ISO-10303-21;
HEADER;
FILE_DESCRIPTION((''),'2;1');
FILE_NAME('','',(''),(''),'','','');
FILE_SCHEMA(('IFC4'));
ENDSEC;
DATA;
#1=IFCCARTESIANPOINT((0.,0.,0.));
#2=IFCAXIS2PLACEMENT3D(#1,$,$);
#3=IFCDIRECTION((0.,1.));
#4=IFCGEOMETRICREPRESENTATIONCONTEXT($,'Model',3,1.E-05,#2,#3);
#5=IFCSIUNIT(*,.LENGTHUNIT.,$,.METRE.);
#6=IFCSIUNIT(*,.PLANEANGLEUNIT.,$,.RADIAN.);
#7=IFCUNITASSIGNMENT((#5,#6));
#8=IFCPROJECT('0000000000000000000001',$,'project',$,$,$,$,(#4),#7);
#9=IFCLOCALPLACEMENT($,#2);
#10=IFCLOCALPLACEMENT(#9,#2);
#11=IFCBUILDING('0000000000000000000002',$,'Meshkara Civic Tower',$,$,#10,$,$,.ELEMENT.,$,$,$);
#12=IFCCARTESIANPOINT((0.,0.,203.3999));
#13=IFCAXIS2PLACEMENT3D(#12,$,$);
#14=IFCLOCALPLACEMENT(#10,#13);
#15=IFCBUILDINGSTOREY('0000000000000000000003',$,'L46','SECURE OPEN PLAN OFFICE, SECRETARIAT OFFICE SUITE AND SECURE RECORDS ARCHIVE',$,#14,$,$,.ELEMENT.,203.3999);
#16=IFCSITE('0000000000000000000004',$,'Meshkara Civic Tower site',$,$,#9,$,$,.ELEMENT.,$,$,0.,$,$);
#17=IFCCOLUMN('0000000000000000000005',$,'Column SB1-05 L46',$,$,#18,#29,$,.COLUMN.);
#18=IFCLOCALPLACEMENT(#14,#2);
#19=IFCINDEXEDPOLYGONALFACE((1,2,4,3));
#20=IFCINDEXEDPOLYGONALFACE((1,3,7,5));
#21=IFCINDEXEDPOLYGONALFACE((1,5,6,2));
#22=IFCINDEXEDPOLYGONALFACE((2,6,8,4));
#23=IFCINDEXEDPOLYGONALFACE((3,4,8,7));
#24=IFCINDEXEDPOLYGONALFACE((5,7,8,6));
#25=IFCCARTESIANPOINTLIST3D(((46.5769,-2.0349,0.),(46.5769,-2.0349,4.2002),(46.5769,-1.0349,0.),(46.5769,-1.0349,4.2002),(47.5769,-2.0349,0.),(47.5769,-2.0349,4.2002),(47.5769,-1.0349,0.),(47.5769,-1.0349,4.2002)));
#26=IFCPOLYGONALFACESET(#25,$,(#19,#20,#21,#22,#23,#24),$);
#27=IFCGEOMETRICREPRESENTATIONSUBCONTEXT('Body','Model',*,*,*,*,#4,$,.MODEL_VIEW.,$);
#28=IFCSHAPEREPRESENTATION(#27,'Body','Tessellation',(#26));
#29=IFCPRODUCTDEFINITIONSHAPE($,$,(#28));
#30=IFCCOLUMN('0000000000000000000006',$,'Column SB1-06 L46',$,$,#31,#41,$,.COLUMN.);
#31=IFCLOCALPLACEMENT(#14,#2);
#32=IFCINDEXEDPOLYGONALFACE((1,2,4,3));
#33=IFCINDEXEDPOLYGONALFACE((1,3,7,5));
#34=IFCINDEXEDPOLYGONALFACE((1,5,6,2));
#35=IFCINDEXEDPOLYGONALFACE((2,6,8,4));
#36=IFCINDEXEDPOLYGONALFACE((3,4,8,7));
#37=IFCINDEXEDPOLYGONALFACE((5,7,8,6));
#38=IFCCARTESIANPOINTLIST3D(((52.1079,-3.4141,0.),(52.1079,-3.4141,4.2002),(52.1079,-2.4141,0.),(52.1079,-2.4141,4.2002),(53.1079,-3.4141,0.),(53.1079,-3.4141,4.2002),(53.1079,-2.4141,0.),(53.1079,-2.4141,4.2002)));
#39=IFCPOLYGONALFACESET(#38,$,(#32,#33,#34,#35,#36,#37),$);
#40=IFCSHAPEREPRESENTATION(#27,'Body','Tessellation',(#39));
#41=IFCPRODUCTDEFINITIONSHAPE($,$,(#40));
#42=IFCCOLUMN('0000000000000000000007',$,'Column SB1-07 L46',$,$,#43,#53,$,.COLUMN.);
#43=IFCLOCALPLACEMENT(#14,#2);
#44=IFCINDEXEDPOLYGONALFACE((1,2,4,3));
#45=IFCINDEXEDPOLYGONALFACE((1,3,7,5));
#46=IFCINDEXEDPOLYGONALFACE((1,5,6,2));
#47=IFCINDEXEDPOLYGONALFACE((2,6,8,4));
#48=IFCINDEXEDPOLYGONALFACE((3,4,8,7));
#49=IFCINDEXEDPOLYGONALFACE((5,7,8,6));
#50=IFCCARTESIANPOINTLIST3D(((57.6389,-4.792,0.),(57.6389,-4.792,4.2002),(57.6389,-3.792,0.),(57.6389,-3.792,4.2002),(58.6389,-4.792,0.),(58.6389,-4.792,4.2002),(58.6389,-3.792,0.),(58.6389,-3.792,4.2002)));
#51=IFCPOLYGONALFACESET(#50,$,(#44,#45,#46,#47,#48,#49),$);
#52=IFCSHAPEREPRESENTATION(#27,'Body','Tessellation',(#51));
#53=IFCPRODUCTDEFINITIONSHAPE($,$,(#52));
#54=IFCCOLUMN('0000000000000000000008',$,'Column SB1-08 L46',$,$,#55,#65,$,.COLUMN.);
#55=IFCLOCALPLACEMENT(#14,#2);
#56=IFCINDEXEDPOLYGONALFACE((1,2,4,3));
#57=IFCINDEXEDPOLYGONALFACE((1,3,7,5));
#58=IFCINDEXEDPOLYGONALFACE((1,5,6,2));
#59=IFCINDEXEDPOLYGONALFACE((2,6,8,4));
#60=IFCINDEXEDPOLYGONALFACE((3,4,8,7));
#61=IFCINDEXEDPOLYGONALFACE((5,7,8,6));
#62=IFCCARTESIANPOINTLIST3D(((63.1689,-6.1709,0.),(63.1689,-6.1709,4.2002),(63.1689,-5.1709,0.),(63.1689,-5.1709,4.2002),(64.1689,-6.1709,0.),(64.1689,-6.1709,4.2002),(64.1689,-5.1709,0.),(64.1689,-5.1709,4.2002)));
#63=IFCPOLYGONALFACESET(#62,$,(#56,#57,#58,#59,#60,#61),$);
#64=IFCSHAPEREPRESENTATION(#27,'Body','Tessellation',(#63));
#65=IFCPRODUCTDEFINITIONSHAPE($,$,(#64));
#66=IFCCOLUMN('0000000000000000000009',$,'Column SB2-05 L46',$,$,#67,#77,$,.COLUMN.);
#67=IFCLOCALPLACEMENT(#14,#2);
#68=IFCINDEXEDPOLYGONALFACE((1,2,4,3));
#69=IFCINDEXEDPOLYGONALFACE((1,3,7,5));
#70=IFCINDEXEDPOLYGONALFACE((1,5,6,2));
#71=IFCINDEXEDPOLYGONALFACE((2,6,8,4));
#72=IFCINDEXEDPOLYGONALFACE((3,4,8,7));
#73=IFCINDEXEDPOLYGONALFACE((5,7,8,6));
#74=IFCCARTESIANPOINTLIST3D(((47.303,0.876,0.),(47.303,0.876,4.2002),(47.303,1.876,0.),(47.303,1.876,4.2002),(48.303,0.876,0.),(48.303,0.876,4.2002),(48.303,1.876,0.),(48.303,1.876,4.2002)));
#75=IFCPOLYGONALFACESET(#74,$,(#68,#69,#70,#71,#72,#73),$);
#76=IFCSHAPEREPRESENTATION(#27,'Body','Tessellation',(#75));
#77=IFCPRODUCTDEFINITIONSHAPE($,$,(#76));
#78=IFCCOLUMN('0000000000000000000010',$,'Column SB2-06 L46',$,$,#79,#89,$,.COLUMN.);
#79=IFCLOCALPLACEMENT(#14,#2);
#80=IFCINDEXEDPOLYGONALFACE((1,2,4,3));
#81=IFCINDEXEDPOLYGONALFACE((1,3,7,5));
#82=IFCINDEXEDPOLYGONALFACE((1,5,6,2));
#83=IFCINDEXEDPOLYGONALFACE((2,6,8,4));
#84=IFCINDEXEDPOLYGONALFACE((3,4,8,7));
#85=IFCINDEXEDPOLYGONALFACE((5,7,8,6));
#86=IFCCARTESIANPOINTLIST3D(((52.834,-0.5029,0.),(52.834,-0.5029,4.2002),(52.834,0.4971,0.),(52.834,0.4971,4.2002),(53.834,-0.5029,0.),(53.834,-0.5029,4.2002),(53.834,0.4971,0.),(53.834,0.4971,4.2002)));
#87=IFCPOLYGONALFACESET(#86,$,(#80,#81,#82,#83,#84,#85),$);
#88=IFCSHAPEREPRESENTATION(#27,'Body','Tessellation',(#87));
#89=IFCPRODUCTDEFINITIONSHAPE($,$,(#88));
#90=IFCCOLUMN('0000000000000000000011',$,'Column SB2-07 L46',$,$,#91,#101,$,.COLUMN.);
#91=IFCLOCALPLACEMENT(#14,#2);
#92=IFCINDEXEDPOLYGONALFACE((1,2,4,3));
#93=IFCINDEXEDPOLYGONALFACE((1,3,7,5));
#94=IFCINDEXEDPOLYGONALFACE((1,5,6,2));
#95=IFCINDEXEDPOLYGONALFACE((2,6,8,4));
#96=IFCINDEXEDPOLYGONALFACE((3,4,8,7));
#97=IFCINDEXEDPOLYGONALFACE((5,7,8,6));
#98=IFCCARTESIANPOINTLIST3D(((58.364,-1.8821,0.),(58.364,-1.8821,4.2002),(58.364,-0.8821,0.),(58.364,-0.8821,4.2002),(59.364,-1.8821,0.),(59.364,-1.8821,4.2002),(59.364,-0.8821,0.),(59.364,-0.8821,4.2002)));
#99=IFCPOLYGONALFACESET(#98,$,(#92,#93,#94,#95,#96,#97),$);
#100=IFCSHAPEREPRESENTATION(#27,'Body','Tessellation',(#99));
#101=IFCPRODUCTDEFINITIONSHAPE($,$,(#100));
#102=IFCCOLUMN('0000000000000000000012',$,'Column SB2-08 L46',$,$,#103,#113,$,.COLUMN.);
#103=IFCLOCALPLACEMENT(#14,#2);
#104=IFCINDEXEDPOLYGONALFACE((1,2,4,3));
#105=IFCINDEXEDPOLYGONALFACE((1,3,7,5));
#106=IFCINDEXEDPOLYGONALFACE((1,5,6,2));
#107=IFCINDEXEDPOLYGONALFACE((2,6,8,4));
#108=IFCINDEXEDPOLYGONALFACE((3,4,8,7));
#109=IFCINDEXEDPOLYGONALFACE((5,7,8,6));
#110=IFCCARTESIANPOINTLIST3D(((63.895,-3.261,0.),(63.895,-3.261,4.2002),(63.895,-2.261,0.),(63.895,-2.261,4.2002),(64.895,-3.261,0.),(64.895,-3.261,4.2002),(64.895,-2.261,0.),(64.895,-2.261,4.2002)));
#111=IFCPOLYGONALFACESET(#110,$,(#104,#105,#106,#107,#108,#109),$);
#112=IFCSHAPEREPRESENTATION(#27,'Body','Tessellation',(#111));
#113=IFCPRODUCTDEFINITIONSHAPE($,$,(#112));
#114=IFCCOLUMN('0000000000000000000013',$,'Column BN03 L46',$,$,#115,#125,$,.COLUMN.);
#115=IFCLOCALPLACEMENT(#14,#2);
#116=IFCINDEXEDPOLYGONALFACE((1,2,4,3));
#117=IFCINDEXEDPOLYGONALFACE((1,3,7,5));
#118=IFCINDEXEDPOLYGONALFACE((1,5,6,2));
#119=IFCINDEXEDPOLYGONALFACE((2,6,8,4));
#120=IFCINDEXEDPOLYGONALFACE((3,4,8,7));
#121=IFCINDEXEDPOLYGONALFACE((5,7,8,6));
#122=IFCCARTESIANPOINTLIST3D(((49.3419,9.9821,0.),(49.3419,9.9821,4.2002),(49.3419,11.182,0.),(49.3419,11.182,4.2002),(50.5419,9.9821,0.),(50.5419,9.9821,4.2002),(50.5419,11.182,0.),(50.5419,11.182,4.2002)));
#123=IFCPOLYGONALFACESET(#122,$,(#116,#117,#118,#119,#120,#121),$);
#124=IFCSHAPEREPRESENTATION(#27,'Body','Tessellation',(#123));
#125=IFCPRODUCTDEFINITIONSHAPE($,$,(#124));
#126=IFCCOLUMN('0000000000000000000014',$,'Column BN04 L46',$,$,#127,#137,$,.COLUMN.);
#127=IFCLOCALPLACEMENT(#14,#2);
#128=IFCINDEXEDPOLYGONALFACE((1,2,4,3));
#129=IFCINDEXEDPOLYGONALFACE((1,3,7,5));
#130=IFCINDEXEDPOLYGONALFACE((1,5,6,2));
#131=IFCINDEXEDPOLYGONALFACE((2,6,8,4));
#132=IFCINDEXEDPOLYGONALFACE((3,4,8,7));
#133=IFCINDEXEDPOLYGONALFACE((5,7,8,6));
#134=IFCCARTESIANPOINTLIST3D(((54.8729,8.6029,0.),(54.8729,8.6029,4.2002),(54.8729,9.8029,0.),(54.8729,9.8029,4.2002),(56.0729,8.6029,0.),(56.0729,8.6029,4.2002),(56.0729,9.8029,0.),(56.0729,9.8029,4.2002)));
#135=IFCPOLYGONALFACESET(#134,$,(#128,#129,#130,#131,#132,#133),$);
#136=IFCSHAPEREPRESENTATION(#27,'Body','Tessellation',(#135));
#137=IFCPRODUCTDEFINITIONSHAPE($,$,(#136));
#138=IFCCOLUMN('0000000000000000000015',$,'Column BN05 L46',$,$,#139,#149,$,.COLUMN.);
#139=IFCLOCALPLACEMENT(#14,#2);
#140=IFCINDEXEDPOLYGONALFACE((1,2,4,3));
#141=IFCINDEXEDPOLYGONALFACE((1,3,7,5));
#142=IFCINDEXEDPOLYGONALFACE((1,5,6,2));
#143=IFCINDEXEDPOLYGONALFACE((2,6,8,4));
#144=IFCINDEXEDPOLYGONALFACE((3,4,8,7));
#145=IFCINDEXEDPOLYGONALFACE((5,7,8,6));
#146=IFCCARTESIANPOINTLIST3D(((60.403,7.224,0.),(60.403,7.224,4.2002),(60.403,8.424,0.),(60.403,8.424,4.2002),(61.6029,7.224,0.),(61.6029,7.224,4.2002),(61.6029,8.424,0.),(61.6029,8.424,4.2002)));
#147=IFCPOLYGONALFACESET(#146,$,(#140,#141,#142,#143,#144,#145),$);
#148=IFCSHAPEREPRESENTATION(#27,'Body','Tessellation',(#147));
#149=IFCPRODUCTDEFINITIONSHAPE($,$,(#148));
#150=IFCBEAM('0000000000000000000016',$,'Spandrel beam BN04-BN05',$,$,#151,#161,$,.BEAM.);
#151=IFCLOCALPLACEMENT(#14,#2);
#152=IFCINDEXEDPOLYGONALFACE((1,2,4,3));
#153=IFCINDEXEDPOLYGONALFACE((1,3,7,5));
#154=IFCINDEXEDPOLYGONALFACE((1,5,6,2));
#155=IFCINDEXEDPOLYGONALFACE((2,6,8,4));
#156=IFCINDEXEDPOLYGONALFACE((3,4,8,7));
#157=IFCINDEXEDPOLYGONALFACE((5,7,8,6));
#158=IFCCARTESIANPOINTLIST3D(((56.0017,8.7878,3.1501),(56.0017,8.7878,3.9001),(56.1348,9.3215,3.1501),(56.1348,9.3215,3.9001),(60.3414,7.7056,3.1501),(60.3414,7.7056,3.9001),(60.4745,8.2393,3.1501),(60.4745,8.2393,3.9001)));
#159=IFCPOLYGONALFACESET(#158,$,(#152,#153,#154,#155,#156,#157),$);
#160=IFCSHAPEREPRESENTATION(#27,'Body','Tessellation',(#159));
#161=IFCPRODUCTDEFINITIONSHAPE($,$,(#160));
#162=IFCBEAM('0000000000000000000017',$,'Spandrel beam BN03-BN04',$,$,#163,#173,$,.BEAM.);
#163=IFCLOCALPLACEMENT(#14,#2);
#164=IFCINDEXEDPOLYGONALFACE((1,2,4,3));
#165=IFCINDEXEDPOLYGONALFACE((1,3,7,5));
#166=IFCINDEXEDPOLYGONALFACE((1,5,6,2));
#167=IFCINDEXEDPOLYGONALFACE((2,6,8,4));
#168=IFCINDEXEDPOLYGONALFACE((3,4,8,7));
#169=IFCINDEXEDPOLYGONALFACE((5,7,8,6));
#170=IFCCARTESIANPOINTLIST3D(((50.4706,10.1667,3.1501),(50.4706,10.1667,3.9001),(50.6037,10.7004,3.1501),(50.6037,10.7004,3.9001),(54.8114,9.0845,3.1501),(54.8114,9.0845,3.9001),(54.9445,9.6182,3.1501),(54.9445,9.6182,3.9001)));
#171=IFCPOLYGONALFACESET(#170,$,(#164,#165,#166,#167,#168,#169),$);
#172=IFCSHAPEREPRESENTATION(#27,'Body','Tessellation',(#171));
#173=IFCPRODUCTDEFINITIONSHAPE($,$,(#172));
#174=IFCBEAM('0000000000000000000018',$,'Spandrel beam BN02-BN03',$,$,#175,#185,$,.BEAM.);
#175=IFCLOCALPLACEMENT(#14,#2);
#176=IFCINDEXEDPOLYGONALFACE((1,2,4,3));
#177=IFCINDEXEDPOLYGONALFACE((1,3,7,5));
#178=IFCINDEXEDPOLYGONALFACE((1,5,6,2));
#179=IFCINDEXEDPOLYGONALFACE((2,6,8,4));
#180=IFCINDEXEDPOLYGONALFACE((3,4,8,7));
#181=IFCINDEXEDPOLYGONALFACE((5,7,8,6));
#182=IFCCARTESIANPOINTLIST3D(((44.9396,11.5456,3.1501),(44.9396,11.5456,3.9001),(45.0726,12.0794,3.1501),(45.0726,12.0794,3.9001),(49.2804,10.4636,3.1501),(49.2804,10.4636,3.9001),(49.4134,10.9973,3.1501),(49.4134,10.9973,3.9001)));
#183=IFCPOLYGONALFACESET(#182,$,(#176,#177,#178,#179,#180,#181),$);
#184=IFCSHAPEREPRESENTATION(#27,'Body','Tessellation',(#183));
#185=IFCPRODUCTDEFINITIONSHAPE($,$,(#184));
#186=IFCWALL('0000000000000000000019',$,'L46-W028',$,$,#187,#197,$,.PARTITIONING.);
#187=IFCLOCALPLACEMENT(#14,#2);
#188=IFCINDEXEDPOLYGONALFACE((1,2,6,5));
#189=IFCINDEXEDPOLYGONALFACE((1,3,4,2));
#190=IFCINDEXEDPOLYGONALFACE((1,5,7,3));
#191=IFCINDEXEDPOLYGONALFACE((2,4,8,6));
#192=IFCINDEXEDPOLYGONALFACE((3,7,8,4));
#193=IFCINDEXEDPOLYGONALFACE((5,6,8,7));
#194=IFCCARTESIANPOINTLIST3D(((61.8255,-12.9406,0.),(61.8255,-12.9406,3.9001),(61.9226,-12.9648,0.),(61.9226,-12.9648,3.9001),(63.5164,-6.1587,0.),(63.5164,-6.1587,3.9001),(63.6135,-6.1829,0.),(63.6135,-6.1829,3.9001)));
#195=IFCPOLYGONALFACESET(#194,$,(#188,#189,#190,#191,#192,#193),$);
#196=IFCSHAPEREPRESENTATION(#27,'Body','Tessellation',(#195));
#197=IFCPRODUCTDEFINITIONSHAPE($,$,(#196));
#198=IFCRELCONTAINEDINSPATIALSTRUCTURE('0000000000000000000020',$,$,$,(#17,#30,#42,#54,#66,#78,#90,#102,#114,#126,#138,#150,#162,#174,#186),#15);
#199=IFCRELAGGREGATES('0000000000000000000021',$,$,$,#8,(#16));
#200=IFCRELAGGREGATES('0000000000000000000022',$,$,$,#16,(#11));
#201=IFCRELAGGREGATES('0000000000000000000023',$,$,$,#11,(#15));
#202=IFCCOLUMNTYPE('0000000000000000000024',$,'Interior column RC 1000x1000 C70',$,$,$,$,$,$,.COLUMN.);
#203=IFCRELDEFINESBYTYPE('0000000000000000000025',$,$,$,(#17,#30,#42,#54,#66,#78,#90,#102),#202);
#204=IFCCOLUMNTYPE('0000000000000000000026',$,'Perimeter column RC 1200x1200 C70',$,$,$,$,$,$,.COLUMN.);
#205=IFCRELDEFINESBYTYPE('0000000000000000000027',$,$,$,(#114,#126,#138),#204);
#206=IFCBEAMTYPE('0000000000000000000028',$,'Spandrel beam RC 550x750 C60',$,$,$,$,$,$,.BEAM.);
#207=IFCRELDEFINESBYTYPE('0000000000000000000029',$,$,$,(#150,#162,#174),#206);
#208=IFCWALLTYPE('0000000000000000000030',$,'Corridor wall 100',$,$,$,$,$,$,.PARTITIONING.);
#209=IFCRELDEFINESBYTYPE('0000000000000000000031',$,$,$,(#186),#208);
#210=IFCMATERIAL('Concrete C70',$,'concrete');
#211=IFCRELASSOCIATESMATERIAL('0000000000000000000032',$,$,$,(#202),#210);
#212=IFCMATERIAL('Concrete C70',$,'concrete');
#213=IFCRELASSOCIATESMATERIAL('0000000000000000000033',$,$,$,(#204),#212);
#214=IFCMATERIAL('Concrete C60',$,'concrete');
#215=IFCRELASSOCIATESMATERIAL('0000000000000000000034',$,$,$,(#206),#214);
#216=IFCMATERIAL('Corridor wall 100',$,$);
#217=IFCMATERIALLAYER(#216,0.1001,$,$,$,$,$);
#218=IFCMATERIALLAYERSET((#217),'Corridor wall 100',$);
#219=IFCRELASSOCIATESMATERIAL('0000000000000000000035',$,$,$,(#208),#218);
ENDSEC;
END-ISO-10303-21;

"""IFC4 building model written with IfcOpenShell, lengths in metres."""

from ifc_helpers import new_model, si_unit, direction, frame, frame_2d, origin, origin_2d, place, context, subcontext, project, spatial, rectangle, extrude, material, layer, layer_set, material_profile, profile_set, type_object, element, save


model = new_model("IFC4")

# Units and contexts
model_context = context("Model", 3, precision=1e-05, world=origin(), true_north=direction((0.0, 1.0)))
body_context = subcontext(model_context, "Body", "Model", "MODEL_VIEW")
ifc_project = project(units=[si_unit("LENGTHUNIT", "METRE"), si_unit("PLANEANGLEUNIT", "RADIAN")], contexts=[model_context])

# Site, building, storey
site_placement = place(None, origin())
site = spatial("IfcSite", under=ifc_project, at=site_placement, Name="Meshkara Civic Tower site", CompositionType="ELEMENT", RefElevation=0.0)
building_placement = place(site_placement, origin())
building = spatial("IfcBuilding", under=site, at=building_placement, Name="Meshkara Civic Tower", CompositionType="ELEMENT")
storey_placement = place(building_placement, frame((0.0, 0.0, 203.3999)))
storey = spatial("IfcBuildingStorey", under=building, at=storey_placement, Name="L46", Description="SECURE OPEN PLAN OFFICE, SECRETARIAT OFFICE SUITE AND SECURE RECORDS ARCHIVE", CompositionType="ELEMENT", Elevation=203.3999)

# Columns
ifc_material_1 = material(Name="Concrete C70", Category="concrete")
ifc_material_profile_1 = material_profile(ifc_material_1, rectangle(XDim=1.0, YDim=1.0, at=origin_2d()))
ifc_profile_set_1 = profile_set([ifc_material_profile_1], Name="Concrete C70")
column_type_1 = type_object("IfcColumnType", Name="Interior column RC 1000x1000 C70", PredefinedType="COLUMN", material=ifc_profile_set_1)
for number, where, z_axis, x_axis, name in (
    (1, (47.0769, -1.5349, 0.0), (0.0, 0.0, 1.0), (1.0, 0.0, 0.0), "Column SB1-05 L46"),
    (2, (52.6079, -2.9141, 0.0), (0.0, 0.0, 1.0), (1.0, 0.0, 0.0), "Column SB1-06 L46"),
    (3, (58.1389, -4.292, 0.0), (0.0, 0.0, 1.0), (1.0, 0.0, 0.0), "Column SB1-07 L46"),
    (4, (63.6689, -5.6709, 0.0), (0.0, 0.0, 1.0), (1.0, 0.0, 0.0), "Column SB1-08 L46"),
    (5, (47.803, 1.376, 0.0), (0.0, 0.0, 1.0), (1.0, 0.0, 0.0), "Column SB2-05 L46"),
    (6, (53.334, -0.0029, 0.0), (0.0, 0.0, 1.0), (1.0, 0.0, 0.0), "Column SB2-06 L46"),
    (7, (58.864, -1.3821, 0.0), (0.0, 0.0, 1.0), (1.0, 0.0, 0.0), "Column SB2-07 L46"),
    (8, (64.395, -2.761, 0.0), (0.0, 0.0, 1.0), (1.0, 0.0, 0.0), "Column SB2-08 L46"),
):
    element("IfcColumn", number, at=place(storey_placement, frame(where, z_axis=z_axis, x_axis=x_axis)), inside=storey, type_object=column_type_1, Name=name, PredefinedType="COLUMN", context=body_context, shape_type="SweptSolid", body=[
        extrude(rectangle(XDim=1.0, YDim=1.0, at=origin_2d()), origin(), (0.0, 0.0, 1.0), 4.2002),
    ])
ifc_material_2 = material(Name="Concrete C70", Category="concrete")
ifc_material_profile_2 = material_profile(ifc_material_2, rectangle(XDim=1.2, YDim=1.2, at=origin_2d()))
ifc_profile_set_2 = profile_set([ifc_material_profile_2], Name="Concrete C70")
column_type_2 = type_object("IfcColumnType", Name="Perimeter column RC 1200x1200 C70", PredefinedType="COLUMN", material=ifc_profile_set_2)
for number, where, z_axis, x_axis, name in (
    (9, (49.9419, 10.582, 0.0), (0.0, 0.0, 1.0), (1.0, 0.0, 0.0), "Column BN03 L46"),
    (10, (55.4729, 9.2029, 0.0), (0.0, 0.0, 1.0), (1.0, 0.0, 0.0), "Column BN04 L46"),
    (11, (61.0029, 7.824, 0.0), (0.0, 0.0, 1.0), (1.0, 0.0, 0.0), "Column BN05 L46"),
):
    element("IfcColumn", number, at=place(storey_placement, frame(where, z_axis=z_axis, x_axis=x_axis)), inside=storey, type_object=column_type_2, Name=name, PredefinedType="COLUMN", context=body_context, shape_type="SweptSolid", body=[
        extrude(rectangle(XDim=1.2, YDim=1.2, at=origin_2d()), origin(), (0.0, 0.0, 1.0), 4.2002),
    ])

# Beams
ifc_material_3 = material(Name="Concrete C60", Category="concrete")
ifc_material_profile_3 = material_profile(ifc_material_3, rectangle(XDim=0.55, YDim=0.75, at=origin_2d()))
ifc_profile_set_3 = profile_set([ifc_material_profile_3], Name="Concrete C60")
beam_type = type_object("IfcBeamType", Name="Spandrel beam RC 550x750 C60", PredefinedType="BEAM", material=ifc_profile_set_3)
beam_placement = place(storey_placement, frame((60.408, 7.9724, 3.5251), z_axis=(-0.970284, 0.24197, 0.0), x_axis=(-0.24197, -0.970284, 0.0)))
element("IfcBeam", 12, at=beam_placement, inside=storey, type_object=beam_type, Name="Spandrel beam BN04-BN05", PredefinedType="BEAM", context=body_context, shape_type="SweptSolid", body=[
    extrude(rectangle(XDim=0.55, YDim=0.75, at=origin_2d()), origin(), (0.0, 0.0, 1.0), 4.4727),
])
for number, where, z_axis, x_axis, name in (
    (13, (54.8779, 9.3513, 3.5251), (-0.970296, 0.241919, 0.0), (-0.241919, -0.970296, 0.0), "Spandrel beam BN03-BN04"),
    (14, (49.3469, 10.7305, 3.5251), (-0.970309, 0.241868, 0.0), (-0.241868, -0.970309, 0.0), "Spandrel beam BN02-BN03"),
):
    element("IfcBeam", number, at=place(storey_placement, frame(where, z_axis=z_axis, x_axis=x_axis)), inside=storey, type_object=beam_type, Name=name, PredefinedType="BEAM", context=body_context, shape_type="SweptSolid", body=[
        extrude(rectangle(XDim=0.55, YDim=0.75, at=origin_2d()), origin(), (0.0, 0.0, 1.0), 4.4736),
    ])

# Wall
ifc_material_4 = material(Name="Corridor wall 100")
ifc_layer_1 = layer(ifc_material_4, 0.1001)
ifc_layer_set_1 = layer_set([ifc_layer_1], Name="Corridor wall 100")
wall_type_1 = type_object("IfcWallType", Name="Corridor wall 100", PredefinedType="PARTITIONING", material=ifc_layer_set_1)
wall_1_placement = place(storey_placement, frame((63.5649, -6.1709, 0.0), z_axis=(0.0, 0.0, 1.0), x_axis=(-0.241919, -0.970296, 0.0)))
element("IfcWall", 15, at=wall_1_placement, inside=storey, type_object=wall_type_1, Name="L46-W028", PredefinedType="PARTITIONING", context=body_context, shape_type="SweptSolid", body=[
    extrude(rectangle(XDim=6.9895, YDim=0.1001, at=frame_2d((3.4946, 0.0))), origin(), (0.0, 0.0, 1.0), 3.9001),
])

save(model, "model.ifc")
